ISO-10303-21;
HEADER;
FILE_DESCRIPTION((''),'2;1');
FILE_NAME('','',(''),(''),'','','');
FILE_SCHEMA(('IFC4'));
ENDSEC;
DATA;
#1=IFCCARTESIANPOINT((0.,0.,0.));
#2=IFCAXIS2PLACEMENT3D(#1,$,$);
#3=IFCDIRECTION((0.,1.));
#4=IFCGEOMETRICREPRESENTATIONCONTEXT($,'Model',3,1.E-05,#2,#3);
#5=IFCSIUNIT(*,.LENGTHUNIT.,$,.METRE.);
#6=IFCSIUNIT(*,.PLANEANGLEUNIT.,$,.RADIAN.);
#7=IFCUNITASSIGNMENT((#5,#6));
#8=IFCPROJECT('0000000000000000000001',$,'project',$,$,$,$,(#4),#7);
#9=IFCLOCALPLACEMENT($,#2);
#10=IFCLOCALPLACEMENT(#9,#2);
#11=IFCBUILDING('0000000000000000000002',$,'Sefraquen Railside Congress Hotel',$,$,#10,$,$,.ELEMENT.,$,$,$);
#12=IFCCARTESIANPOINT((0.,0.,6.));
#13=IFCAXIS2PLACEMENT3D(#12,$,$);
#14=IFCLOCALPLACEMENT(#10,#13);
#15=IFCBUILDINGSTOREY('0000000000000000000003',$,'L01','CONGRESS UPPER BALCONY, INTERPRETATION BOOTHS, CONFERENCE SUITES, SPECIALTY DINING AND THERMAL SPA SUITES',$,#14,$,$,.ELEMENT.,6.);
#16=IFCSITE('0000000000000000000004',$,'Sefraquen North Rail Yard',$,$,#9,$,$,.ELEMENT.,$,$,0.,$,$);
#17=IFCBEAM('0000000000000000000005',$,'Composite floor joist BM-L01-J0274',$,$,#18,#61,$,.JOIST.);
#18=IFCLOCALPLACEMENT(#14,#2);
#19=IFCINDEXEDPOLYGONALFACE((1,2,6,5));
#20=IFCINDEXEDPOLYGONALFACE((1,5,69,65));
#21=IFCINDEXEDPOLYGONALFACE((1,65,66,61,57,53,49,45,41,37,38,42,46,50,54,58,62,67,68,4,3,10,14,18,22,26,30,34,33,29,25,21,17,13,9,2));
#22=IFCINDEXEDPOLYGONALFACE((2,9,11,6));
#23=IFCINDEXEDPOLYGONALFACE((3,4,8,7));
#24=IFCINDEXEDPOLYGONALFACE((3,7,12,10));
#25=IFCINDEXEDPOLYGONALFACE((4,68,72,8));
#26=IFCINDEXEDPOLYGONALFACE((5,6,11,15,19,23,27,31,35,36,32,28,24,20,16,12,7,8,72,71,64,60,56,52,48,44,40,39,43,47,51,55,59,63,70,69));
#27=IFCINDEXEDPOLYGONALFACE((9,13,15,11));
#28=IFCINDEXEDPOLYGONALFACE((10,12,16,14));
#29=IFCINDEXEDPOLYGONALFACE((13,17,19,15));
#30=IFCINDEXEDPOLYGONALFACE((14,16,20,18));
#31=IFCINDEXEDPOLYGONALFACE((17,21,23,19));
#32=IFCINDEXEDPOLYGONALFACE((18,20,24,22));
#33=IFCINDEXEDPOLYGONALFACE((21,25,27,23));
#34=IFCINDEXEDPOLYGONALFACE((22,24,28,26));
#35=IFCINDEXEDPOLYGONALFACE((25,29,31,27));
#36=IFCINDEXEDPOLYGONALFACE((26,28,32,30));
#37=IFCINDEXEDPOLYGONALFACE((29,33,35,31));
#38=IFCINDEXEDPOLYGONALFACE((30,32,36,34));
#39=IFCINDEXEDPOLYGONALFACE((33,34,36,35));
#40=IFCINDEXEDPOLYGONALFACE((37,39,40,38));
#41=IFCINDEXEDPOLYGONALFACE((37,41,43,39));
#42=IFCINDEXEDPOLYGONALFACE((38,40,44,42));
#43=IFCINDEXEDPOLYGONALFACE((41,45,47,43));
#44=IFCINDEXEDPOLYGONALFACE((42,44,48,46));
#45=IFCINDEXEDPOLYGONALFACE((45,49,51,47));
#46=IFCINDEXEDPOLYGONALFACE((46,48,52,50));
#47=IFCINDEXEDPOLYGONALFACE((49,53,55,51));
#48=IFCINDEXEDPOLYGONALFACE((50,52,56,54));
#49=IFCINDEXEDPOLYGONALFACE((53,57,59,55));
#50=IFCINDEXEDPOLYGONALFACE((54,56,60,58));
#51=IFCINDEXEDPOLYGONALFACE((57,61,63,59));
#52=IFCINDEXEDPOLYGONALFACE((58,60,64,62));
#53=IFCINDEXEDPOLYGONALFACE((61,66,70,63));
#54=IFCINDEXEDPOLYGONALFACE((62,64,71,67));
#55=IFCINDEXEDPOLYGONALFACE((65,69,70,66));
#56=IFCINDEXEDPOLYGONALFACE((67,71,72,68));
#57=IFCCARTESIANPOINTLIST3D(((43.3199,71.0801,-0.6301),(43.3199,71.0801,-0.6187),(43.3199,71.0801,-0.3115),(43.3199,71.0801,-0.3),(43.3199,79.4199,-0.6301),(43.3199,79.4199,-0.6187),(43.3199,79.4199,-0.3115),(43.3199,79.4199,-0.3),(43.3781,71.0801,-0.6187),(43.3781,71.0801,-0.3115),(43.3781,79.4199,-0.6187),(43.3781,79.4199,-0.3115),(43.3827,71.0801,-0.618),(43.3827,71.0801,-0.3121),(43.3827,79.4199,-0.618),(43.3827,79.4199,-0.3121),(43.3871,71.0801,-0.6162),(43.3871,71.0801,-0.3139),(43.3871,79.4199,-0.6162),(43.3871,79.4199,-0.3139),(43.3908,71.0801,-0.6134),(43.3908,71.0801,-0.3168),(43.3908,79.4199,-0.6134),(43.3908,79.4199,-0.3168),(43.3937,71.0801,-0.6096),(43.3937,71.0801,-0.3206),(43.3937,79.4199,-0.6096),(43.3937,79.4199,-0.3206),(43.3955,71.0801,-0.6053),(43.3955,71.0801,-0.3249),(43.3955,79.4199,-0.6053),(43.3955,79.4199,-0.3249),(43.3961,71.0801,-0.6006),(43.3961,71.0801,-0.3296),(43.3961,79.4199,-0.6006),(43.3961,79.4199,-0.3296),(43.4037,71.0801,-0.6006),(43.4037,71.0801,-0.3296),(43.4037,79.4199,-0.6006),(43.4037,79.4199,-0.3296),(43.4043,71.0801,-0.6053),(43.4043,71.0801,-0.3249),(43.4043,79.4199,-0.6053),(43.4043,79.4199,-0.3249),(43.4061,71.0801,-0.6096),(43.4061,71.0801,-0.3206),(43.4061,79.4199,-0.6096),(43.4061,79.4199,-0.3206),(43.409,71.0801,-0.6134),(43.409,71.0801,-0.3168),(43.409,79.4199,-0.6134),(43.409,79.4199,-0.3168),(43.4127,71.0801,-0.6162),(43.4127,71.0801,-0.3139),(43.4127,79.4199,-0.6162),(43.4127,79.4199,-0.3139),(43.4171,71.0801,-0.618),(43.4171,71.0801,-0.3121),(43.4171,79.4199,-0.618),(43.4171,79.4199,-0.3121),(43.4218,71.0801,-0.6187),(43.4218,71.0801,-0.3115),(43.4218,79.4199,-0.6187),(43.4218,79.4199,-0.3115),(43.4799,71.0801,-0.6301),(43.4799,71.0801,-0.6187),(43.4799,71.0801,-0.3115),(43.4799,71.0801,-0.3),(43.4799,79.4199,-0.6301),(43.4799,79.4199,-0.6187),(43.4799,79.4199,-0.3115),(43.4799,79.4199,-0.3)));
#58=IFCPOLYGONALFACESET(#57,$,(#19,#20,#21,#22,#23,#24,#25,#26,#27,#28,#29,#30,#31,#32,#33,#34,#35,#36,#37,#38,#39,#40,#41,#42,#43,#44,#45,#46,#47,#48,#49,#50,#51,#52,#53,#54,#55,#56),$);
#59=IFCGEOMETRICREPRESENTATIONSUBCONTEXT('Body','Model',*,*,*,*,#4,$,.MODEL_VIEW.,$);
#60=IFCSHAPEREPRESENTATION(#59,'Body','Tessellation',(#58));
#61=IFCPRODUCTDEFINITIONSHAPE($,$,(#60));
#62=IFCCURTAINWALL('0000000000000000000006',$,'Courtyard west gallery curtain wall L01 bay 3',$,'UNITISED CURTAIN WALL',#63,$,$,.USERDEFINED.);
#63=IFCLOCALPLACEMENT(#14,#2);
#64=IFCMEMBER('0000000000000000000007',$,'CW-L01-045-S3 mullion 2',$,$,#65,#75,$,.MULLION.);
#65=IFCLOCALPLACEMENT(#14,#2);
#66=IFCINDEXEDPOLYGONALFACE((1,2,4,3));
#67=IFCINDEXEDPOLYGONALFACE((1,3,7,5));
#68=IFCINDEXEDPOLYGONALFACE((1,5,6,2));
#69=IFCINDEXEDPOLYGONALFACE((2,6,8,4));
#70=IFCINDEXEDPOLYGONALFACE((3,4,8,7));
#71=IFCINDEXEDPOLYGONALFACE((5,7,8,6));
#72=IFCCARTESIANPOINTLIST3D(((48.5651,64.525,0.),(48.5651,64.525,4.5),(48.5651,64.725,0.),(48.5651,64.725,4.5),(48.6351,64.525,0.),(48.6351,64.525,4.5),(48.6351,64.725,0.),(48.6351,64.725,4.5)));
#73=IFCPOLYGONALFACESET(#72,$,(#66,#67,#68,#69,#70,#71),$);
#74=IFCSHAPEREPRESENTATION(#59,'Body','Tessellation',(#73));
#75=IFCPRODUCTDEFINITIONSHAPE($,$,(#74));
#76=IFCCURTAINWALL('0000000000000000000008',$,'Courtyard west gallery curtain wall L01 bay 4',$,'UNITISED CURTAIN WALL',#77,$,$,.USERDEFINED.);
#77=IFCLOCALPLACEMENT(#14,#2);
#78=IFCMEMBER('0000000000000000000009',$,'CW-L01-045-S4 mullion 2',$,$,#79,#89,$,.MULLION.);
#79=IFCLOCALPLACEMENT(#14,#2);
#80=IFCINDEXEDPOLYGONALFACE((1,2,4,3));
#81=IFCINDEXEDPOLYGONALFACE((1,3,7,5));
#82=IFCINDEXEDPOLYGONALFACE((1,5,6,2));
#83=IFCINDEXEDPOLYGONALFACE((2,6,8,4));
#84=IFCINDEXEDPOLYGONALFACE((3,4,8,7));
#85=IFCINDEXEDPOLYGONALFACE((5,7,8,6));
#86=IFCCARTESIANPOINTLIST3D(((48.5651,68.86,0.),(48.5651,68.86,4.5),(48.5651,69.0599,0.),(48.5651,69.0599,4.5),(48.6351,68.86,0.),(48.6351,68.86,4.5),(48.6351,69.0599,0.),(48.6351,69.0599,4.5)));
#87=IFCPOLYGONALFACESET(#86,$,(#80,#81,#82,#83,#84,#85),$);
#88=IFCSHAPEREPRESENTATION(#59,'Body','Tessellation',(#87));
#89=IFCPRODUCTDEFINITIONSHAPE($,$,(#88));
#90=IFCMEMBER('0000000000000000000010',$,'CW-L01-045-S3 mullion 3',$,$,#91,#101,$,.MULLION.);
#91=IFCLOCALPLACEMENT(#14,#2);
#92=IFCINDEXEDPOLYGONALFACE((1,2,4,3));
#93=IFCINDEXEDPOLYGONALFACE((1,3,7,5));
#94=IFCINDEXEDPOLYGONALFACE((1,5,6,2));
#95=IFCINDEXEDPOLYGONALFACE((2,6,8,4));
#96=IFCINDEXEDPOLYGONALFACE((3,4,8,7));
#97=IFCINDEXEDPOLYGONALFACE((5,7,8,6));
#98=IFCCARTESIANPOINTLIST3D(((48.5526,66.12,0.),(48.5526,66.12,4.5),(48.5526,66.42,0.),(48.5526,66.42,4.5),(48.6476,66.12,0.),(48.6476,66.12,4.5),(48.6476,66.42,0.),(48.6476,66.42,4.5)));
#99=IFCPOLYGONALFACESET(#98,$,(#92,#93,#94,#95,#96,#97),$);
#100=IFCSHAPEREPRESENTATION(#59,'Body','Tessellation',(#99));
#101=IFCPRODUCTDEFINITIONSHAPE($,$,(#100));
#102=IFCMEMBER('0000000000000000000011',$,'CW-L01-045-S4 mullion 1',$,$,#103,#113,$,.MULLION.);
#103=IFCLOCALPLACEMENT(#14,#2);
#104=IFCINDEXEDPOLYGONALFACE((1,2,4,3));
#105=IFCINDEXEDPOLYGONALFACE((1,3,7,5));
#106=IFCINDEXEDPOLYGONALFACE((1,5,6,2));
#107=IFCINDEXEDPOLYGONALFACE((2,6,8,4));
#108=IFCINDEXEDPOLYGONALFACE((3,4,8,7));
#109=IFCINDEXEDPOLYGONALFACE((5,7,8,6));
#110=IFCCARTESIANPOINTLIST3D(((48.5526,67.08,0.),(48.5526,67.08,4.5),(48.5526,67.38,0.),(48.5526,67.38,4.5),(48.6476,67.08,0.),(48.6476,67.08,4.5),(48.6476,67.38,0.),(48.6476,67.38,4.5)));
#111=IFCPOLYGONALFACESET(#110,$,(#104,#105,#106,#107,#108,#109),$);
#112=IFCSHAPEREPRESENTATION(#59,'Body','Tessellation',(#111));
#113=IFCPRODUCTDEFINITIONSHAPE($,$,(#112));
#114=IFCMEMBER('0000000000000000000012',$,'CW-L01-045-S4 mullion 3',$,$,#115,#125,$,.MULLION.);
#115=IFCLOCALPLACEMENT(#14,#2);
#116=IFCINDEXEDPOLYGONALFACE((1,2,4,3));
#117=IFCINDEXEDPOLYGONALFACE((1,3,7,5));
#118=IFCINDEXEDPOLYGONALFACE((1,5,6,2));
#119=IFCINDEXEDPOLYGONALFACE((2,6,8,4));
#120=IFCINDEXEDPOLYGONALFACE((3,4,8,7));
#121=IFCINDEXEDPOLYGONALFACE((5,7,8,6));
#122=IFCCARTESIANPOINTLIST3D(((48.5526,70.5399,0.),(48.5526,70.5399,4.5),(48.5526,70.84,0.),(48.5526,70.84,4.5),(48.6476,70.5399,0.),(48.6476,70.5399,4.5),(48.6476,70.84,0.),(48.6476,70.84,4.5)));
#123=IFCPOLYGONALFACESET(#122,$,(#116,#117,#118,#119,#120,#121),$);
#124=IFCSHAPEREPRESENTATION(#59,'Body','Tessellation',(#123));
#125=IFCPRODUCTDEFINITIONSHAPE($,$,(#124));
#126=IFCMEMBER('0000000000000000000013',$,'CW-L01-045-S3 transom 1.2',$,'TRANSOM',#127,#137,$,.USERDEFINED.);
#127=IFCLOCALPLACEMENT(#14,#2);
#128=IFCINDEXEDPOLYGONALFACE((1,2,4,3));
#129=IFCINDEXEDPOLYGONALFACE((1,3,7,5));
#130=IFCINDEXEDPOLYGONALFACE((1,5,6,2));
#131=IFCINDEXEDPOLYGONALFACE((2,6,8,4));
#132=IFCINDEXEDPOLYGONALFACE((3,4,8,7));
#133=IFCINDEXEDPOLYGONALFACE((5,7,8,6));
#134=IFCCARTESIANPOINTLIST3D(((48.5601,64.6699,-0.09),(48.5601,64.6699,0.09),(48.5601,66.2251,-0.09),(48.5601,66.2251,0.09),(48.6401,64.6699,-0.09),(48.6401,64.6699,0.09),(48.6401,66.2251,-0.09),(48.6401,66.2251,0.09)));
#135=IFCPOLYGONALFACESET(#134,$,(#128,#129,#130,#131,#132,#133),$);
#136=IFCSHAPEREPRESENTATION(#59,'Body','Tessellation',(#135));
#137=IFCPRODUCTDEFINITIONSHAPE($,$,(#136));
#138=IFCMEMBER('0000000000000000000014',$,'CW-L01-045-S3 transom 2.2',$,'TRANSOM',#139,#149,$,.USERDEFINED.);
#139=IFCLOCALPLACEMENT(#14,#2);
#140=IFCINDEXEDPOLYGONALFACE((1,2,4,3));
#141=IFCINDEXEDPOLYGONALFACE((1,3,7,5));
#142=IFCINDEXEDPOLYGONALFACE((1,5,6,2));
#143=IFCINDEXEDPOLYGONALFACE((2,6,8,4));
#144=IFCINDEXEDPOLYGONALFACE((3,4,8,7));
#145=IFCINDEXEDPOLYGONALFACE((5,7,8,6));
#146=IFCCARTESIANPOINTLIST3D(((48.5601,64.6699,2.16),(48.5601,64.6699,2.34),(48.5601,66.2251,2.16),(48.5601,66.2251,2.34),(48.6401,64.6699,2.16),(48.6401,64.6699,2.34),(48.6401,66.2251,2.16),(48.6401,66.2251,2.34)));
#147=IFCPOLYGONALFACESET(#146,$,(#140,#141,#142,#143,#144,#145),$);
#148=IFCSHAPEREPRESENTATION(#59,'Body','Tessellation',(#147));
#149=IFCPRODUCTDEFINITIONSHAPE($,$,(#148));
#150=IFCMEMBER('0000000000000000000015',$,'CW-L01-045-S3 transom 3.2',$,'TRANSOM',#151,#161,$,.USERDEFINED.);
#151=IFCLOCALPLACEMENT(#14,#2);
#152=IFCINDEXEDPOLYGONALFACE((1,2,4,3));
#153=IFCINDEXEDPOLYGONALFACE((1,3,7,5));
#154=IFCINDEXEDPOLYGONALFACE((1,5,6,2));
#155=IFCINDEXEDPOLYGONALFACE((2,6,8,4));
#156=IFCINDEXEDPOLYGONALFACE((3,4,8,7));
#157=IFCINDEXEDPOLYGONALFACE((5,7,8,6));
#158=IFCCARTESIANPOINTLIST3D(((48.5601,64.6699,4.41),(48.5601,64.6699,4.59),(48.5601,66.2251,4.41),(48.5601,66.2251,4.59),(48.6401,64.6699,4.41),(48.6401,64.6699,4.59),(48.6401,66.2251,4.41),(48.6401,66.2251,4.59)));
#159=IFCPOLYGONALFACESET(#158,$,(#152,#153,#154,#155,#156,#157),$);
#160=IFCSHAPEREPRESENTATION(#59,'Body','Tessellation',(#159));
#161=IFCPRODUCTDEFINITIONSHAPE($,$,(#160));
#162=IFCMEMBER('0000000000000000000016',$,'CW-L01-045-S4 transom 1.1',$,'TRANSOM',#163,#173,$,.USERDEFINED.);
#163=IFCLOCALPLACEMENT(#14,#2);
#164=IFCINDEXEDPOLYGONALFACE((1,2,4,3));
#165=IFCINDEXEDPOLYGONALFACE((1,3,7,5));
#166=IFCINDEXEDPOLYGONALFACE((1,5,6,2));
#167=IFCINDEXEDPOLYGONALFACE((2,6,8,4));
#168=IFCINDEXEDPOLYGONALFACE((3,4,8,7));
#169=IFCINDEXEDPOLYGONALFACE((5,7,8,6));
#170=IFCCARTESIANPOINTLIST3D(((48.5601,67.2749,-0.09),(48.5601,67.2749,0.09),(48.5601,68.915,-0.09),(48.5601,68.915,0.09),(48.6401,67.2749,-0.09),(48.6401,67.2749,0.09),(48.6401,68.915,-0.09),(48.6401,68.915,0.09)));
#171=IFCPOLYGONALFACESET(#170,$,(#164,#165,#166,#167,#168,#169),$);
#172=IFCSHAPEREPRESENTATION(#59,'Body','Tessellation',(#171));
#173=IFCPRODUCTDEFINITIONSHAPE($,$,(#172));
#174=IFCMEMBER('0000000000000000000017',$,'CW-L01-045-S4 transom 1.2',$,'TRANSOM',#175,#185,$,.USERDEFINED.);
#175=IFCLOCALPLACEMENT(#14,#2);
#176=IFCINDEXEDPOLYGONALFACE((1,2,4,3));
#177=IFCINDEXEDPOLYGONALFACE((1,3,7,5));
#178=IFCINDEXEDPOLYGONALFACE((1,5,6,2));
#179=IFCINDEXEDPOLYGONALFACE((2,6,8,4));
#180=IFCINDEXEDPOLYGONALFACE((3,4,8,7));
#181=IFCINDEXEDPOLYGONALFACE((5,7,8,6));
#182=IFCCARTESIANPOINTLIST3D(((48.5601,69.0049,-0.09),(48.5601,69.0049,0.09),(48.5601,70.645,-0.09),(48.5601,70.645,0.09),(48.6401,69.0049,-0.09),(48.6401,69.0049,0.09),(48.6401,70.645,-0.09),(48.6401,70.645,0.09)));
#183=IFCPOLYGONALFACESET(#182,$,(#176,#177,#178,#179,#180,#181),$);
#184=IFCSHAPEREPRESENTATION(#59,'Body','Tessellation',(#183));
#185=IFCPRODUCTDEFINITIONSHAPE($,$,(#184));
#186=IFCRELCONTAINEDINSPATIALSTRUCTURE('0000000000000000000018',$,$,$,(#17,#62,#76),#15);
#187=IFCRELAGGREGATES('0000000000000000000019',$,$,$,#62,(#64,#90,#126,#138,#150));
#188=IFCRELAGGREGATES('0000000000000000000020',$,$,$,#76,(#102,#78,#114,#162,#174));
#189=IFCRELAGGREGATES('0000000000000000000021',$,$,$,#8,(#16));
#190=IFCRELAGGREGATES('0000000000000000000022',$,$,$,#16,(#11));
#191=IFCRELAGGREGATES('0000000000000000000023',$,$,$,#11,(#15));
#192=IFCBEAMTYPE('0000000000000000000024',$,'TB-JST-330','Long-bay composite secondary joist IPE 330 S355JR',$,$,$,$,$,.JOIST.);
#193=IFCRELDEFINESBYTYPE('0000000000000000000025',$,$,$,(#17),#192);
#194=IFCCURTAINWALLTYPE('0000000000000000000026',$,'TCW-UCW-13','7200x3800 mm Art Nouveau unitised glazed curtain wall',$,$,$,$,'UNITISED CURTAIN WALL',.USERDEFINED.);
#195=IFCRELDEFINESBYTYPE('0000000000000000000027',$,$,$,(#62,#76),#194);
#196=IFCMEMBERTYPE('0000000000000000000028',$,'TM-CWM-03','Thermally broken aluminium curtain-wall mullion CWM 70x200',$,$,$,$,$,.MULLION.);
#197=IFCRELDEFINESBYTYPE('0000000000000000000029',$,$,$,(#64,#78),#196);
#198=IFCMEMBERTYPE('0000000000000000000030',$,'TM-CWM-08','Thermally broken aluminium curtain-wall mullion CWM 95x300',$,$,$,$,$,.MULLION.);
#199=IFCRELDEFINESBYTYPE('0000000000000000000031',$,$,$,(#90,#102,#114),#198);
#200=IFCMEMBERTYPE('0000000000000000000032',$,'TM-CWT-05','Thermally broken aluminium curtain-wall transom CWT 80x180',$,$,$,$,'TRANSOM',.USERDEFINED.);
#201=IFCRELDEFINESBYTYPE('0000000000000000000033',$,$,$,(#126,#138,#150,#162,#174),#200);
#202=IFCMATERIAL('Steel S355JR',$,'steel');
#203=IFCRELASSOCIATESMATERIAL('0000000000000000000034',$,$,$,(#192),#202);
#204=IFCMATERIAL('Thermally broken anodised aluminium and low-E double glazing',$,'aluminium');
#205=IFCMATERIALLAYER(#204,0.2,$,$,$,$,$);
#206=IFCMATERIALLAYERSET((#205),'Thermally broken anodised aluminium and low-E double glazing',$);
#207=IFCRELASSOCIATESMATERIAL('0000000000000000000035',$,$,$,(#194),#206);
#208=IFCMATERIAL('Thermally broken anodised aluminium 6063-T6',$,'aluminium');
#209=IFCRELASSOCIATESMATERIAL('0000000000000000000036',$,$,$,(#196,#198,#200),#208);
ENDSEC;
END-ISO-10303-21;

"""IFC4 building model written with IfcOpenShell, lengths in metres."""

from ifc_helpers import new_model, si_unit, direction, frame, origin, origin_2d, place, context, subcontext, project, spatial, rectangle, i_section, extrude, material, layer, layer_set, material_profile, profile_set, type_object, element, aggregate, save


model = new_model("IFC4")

# Units and contexts
model_context = context("Model", 3, precision=1e-05, world=origin(), true_north=direction((0.0, 1.0)))
body_context = subcontext(model_context, "Body", "Model", "MODEL_VIEW")
ifc_project = project(units=[si_unit("LENGTHUNIT", "METRE"), si_unit("PLANEANGLEUNIT", "RADIAN")], contexts=[model_context])

# Site, building, storey
site_placement = place(None, origin())
site = spatial("IfcSite", under=ifc_project, at=site_placement, Name="Sefraquen North Rail Yard", CompositionType="ELEMENT", RefElevation=0.0)
building_placement = place(site_placement, origin())
building = spatial("IfcBuilding", under=site, at=building_placement, Name="Sefraquen Railside Congress Hotel", CompositionType="ELEMENT")
storey_placement = place(building_placement, frame((0.0, 0.0, 6.0)))
storey = spatial("IfcBuildingStorey", under=building, at=storey_placement, Name="L01", Description="CONGRESS UPPER BALCONY, INTERPRETATION BOOTHS, CONFERENCE SUITES, SPECIALTY DINING AND THERMAL SPA SUITES", CompositionType="ELEMENT", Elevation=6.0)

# Shared definitions
ifc_material_1 = material(Name="Steel S355JR", Category="steel")

# Beam
ifc_material_profile_1 = material_profile(ifc_material_1, i_section(OverallWidth=0.1599, OverallDepth=0.3301, WebThickness=0.0076, FlangeThickness=0.0115, FilletRadius=0.0181, at=origin_2d()), Name="IPE 330")
ifc_profile_set_1 = profile_set([ifc_material_profile_1], Name="Steel S355JR")
beam_type_1 = type_object("IfcBeamType", Name="TB-JST-330", Description="Long-bay composite secondary joist IPE 330 S355JR", PredefinedType="JOIST", material=ifc_profile_set_1)
beam_placement = place(storey_placement, frame((43.3999, 71.0801, -0.4651), z_axis=(0.0, 1.0, 0.0), x_axis=(-1.0, 0.0, 0.0)))
element("IfcBeam", 1, at=beam_placement, inside=storey, type_object=beam_type_1, Name="Composite floor joist BM-L01-J0274", PredefinedType="JOIST", context=body_context, shape_type="SweptSolid", body=[
    extrude(i_section(OverallWidth=0.1599, OverallDepth=0.3301, WebThickness=0.0076, FlangeThickness=0.0115, FilletRadius=0.0181, at=origin_2d()), origin(), (0.0, 0.0, 1.0), 8.3398),
])

# Curtain walls, members
ifc_material_2 = material(Name="Thermally broken anodised aluminium and low-E double glazing", Category="aluminium")
ifc_layer_1 = layer(ifc_material_2, 0.2)
ifc_layer_set_1 = layer_set([ifc_layer_1], Name="Thermally broken anodised aluminium and low-E double glazing")
curtain_wall_type = type_object("IfcCurtainWallType", Name="TCW-UCW-13", Description="7200x3800 mm Art Nouveau unitised glazed curtain wall", ElementType="UNITISED CURTAIN WALL", PredefinedType="USERDEFINED", material=ifc_layer_set_1)
curtain_wall_1_placement = place(storey_placement, origin())
curtain_wall_1 = element("IfcCurtainWall", 2, at=curtain_wall_1_placement, inside=storey, type_object=curtain_wall_type, Name="Courtyard west gallery curtain wall L01 bay 3", ObjectType="UNITISED CURTAIN WALL", PredefinedType="USERDEFINED")
ifc_material_3 = material(Name="Thermally broken anodised aluminium 6063-T6", Category="aluminium")
ifc_material_profile_2 = material_profile(ifc_material_3, rectangle(XDim=0.0701, YDim=0.2, at=origin_2d()), Name="CWM 70x200")
ifc_profile_set_2 = profile_set([ifc_material_profile_2], Name="Thermally broken anodised aluminium 6063-T6")
member_type_1 = type_object("IfcMemberType", Name="TM-CWM-03", Description="Thermally broken aluminium curtain-wall mullion CWM 70x200", PredefinedType="MULLION", material=ifc_profile_set_2)
member_1_placement = place(storey_placement, frame((48.6001, 64.625, 0.0), z_axis=(0.0, 0.0, 1.0), x_axis=(1.0, 0.0, 0.0)))
member_1 = element("IfcMember", 3, at=member_1_placement, type_object=member_type_1, Name="CW-L01-045-S3 mullion 2", PredefinedType="MULLION", context=body_context, shape_type="SweptSolid", body=[
    extrude(rectangle(XDim=0.0701, YDim=0.2, at=origin_2d()), origin(), (0.0, 0.0, 1.0), 4.5),
])
curtain_wall_2_placement = place(storey_placement, origin())
curtain_wall_2 = element("IfcCurtainWall", 4, at=curtain_wall_2_placement, inside=storey, type_object=curtain_wall_type, Name="Courtyard west gallery curtain wall L01 bay 4", ObjectType="UNITISED CURTAIN WALL", PredefinedType="USERDEFINED")
member_2_placement = place(storey_placement, frame((48.6001, 68.96, 0.0), z_axis=(0.0, 0.0, 1.0), x_axis=(1.0, 0.0, 0.0)))
member_2 = element("IfcMember", 5, at=member_2_placement, type_object=member_type_1, Name="CW-L01-045-S4 mullion 2", PredefinedType="MULLION", context=body_context, shape_type="SweptSolid", body=[
    extrude(rectangle(XDim=0.0701, YDim=0.2, at=origin_2d()), origin(), (0.0, 0.0, 1.0), 4.5),
])

# Members
ifc_material_profile_3 = material_profile(ifc_material_3, rectangle(XDim=0.095, YDim=0.3, at=origin_2d()), Name="CWM 95x300")
ifc_profile_set_3 = profile_set([ifc_material_profile_3], Name="Thermally broken anodised aluminium 6063-T6")
member_type_2 = type_object("IfcMemberType", Name="TM-CWM-08", Description="Thermally broken aluminium curtain-wall mullion CWM 95x300", PredefinedType="MULLION", material=ifc_profile_set_3)
member_3_placement = place(storey_placement, frame((48.6001, 66.27, 0.0), z_axis=(0.0, 0.0, 1.0), x_axis=(1.0, 0.0, 0.0)))
member_3 = element("IfcMember", 6, at=member_3_placement, type_object=member_type_2, Name="CW-L01-045-S3 mullion 3", PredefinedType="MULLION", context=body_context, shape_type="SweptSolid", body=[
    extrude(rectangle(XDim=0.095, YDim=0.3, at=origin_2d()), origin(), (0.0, 0.0, 1.0), 4.5),
])
member_4_placement = place(storey_placement, frame((48.6001, 67.23, 0.0), z_axis=(0.0, 0.0, 1.0), x_axis=(1.0, 0.0, 0.0)))
member_4 = element("IfcMember", 7, at=member_4_placement, type_object=member_type_2, Name="CW-L01-045-S4 mullion 1", PredefinedType="MULLION", context=body_context, shape_type="SweptSolid", body=[
    extrude(rectangle(XDim=0.095, YDim=0.3, at=origin_2d()), origin(), (0.0, 0.0, 1.0), 4.5),
])
member_5_placement = place(storey_placement, frame((48.6001, 70.6899, 0.0), z_axis=(0.0, 0.0, 1.0), x_axis=(1.0, 0.0, 0.0)))
member_5 = element("IfcMember", 8, at=member_5_placement, type_object=member_type_2, Name="CW-L01-045-S4 mullion 3", PredefinedType="MULLION", context=body_context, shape_type="SweptSolid", body=[
    extrude(rectangle(XDim=0.095, YDim=0.3, at=origin_2d()), origin(), (0.0, 0.0, 1.0), 4.5),
])
ifc_material_profile_4 = material_profile(ifc_material_3, rectangle(XDim=0.0801, YDim=0.1799, at=origin_2d()), Name="CWT 80x180")
ifc_profile_set_4 = profile_set([ifc_material_profile_4], Name="Thermally broken anodised aluminium 6063-T6")
member_type_3 = type_object("IfcMemberType", Name="TM-CWT-05", Description="Thermally broken aluminium curtain-wall transom CWT 80x180", ElementType="TRANSOM", PredefinedType="USERDEFINED", material=ifc_profile_set_4)
member_6_placement = place(storey_placement, frame((48.6001, 64.6699, 0.0), z_axis=(0.0, 1.0, 0.0), x_axis=(-1.0, 0.0, 0.0)))
member_6 = element("IfcMember", 9, at=member_6_placement, type_object=member_type_3, Name="CW-L01-045-S3 transom 1.2", ObjectType="TRANSOM", PredefinedType="USERDEFINED", context=body_context, shape_type="SweptSolid", body=[
    extrude(rectangle(XDim=0.0801, YDim=0.1799, at=origin_2d()), origin(), (0.0, 0.0, 1.0), 1.5552),
])
member_7_placement = place(storey_placement, frame((48.6001, 64.6699, 2.25), z_axis=(0.0, 1.0, 0.0), x_axis=(-1.0, 0.0, 0.0)))
member_7 = element("IfcMember", 10, at=member_7_placement, type_object=member_type_3, Name="CW-L01-045-S3 transom 2.2", ObjectType="TRANSOM", PredefinedType="USERDEFINED", context=body_context, shape_type="SweptSolid", body=[
    extrude(rectangle(XDim=0.0801, YDim=0.1799, at=origin_2d()), origin(), (0.0, 0.0, 1.0), 1.5552),
])
member_8_placement = place(storey_placement, frame((48.6001, 64.6699, 4.5), z_axis=(0.0, 1.0, 0.0), x_axis=(-1.0, 0.0, 0.0)))
member_8 = element("IfcMember", 11, at=member_8_placement, type_object=member_type_3, Name="CW-L01-045-S3 transom 3.2", ObjectType="TRANSOM", PredefinedType="USERDEFINED", context=body_context, shape_type="SweptSolid", body=[
    extrude(rectangle(XDim=0.0801, YDim=0.1799, at=origin_2d()), origin(), (0.0, 0.0, 1.0), 1.5552),
])
member_9_placement = place(storey_placement, frame((48.6001, 67.2749, 0.0), z_axis=(0.0, 1.0, 0.0), x_axis=(-1.0, 0.0, 0.0)))
member_9 = element("IfcMember", 12, at=member_9_placement, type_object=member_type_3, Name="CW-L01-045-S4 transom 1.1", ObjectType="TRANSOM", PredefinedType="USERDEFINED", context=body_context, shape_type="SweptSolid", body=[
    extrude(rectangle(XDim=0.0801, YDim=0.1799, at=origin_2d()), origin(), (0.0, 0.0, 1.0), 1.6401),
])
member_10_placement = place(storey_placement, frame((48.6001, 69.0049, 0.0), z_axis=(0.0, 1.0, 0.0), x_axis=(-1.0, 0.0, 0.0)))
member_10 = element("IfcMember", 13, at=member_10_placement, type_object=member_type_3, Name="CW-L01-045-S4 transom 1.2", ObjectType="TRANSOM", PredefinedType="USERDEFINED", context=body_context, shape_type="SweptSolid", body=[
    extrude(rectangle(XDim=0.0801, YDim=0.1799, at=origin_2d()), origin(), (0.0, 0.0, 1.0), 1.6401),
])

aggregate(curtain_wall_1, [member_1, member_3, member_6, member_7, member_8])
aggregate(curtain_wall_2, [member_4, member_2, member_5, member_9, member_10])

save(model, "model.ifc")
